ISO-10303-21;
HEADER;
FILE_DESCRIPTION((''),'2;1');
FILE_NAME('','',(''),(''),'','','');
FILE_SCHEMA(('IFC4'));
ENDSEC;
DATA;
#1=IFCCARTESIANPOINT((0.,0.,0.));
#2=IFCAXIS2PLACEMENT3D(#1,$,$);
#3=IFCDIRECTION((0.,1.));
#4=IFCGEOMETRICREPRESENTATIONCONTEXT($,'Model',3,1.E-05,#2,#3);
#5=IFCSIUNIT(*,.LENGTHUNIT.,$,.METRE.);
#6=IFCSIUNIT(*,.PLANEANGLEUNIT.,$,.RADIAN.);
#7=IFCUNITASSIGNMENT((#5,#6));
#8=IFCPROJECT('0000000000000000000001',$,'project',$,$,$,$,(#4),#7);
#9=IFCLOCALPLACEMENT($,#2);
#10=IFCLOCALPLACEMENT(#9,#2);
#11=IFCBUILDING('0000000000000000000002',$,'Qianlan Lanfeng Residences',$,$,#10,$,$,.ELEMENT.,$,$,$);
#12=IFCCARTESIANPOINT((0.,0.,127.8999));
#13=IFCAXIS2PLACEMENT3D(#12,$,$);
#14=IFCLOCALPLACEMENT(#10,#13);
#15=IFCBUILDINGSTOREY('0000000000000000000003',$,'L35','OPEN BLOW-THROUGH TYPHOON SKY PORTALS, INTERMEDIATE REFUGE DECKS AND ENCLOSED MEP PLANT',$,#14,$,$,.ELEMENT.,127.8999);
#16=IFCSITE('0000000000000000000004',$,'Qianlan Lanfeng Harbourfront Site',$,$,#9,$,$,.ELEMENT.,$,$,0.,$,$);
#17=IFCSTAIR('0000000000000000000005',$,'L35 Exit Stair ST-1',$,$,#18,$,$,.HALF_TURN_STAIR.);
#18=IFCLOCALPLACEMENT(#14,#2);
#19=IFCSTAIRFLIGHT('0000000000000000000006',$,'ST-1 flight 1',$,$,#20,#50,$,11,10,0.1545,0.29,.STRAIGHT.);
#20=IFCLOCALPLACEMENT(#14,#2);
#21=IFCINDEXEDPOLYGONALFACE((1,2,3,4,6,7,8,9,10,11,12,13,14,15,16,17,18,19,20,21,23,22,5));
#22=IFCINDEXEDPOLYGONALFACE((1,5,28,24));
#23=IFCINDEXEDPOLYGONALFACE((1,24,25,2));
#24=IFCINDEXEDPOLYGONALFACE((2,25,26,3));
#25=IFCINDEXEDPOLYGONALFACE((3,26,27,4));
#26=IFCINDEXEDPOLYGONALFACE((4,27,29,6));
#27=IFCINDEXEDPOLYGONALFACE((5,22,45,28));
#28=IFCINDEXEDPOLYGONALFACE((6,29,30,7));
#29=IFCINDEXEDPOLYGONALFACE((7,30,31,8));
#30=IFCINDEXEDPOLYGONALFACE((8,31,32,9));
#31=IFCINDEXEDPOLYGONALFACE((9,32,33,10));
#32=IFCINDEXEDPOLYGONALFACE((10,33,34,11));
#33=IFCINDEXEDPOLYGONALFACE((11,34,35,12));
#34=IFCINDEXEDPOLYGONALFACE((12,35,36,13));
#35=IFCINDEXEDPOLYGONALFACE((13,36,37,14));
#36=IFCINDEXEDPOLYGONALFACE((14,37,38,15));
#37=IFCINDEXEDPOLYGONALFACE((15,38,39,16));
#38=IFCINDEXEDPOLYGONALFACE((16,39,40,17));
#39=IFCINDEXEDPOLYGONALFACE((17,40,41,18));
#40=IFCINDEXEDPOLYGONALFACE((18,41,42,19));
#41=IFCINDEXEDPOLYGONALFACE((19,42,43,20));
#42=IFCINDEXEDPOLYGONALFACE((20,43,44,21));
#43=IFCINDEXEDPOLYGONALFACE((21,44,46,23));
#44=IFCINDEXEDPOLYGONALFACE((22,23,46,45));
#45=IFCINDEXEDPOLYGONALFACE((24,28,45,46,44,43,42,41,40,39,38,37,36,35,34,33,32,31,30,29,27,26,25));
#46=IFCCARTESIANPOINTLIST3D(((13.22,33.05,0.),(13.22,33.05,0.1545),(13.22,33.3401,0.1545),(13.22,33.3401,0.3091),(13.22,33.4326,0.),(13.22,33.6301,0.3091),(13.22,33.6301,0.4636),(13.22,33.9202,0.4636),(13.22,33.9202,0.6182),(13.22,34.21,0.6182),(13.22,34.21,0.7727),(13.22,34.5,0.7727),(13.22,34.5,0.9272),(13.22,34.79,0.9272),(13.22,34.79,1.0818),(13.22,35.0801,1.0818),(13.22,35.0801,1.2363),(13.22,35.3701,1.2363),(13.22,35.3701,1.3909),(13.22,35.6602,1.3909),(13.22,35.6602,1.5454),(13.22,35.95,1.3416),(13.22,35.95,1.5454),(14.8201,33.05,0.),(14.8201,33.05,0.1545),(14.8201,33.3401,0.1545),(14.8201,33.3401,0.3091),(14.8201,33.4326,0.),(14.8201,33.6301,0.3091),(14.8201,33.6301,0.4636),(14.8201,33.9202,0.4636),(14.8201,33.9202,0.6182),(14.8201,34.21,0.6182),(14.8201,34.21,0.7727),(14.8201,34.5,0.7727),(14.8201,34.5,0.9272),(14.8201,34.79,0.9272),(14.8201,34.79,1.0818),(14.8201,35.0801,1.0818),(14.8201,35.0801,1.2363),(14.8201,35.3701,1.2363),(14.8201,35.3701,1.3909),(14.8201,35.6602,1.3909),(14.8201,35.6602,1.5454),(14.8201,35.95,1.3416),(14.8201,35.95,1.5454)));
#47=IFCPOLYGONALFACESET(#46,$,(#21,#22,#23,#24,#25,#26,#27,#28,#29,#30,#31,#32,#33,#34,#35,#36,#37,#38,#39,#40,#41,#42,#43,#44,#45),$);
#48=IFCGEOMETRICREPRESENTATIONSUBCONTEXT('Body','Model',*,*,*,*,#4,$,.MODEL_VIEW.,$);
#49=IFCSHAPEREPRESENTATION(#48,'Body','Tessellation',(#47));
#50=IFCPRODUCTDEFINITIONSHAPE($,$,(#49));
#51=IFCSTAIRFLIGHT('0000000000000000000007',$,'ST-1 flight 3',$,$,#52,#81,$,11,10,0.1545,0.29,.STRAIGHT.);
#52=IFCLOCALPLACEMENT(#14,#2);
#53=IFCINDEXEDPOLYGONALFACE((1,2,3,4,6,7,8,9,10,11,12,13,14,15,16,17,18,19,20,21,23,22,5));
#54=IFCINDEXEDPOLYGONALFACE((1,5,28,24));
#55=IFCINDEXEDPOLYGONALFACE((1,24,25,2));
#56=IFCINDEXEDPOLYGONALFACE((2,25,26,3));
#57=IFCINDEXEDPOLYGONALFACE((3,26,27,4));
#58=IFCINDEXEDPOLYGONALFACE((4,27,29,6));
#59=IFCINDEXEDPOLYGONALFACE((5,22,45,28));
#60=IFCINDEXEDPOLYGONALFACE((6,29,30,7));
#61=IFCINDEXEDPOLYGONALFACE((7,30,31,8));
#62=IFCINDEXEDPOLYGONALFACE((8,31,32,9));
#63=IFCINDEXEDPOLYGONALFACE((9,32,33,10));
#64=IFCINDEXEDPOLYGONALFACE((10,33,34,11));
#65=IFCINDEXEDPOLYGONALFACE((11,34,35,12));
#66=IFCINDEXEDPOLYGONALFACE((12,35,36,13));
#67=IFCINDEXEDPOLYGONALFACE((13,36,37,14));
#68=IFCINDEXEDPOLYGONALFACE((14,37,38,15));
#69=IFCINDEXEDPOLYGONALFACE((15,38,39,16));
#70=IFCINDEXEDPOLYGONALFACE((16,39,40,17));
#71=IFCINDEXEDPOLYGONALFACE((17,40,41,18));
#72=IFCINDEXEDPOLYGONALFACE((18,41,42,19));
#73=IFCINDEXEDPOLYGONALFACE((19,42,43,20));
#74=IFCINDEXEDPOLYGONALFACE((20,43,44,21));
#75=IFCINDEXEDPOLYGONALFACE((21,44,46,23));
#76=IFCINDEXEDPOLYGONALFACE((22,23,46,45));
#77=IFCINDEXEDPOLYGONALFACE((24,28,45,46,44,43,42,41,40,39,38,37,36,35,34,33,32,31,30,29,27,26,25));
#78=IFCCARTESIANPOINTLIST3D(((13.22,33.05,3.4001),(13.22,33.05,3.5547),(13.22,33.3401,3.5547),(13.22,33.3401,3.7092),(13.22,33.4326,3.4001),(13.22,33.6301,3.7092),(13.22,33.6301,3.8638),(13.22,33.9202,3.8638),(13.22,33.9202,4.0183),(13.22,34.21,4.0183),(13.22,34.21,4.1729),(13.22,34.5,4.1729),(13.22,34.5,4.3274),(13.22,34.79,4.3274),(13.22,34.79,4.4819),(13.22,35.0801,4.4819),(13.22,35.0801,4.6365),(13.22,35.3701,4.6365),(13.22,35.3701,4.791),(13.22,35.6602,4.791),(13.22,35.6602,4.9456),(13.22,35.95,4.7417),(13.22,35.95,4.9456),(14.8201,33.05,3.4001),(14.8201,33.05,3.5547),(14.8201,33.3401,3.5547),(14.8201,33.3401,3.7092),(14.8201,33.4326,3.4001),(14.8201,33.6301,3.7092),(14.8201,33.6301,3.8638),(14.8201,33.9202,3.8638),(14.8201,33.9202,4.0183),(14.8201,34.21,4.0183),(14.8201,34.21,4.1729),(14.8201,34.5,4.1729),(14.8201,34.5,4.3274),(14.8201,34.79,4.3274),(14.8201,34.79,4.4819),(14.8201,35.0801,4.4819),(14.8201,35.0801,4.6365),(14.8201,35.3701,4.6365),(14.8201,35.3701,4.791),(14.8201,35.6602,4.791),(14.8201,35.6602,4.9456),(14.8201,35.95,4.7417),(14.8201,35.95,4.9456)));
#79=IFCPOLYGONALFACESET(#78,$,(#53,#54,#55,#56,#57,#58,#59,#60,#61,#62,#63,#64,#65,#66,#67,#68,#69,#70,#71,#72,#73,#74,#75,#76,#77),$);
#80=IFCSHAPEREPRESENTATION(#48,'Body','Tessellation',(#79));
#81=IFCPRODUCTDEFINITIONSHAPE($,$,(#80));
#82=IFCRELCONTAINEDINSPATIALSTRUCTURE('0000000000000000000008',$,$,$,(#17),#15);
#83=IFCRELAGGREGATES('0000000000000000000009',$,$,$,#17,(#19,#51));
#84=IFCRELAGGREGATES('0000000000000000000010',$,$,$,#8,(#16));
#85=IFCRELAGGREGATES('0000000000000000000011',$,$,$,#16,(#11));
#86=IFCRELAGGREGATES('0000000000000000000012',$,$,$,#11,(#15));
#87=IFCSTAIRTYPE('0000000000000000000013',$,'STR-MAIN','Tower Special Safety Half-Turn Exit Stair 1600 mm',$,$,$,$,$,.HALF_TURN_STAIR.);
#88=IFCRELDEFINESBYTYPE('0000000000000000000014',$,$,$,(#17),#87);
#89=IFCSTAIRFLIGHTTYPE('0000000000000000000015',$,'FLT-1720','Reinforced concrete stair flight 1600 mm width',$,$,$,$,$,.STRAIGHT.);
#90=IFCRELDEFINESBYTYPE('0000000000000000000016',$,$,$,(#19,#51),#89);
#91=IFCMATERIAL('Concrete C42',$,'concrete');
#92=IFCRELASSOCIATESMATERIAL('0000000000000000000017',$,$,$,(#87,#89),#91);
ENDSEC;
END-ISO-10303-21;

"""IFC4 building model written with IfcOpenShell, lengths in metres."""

from ifc_helpers import new_model, si_unit, direction, frame, origin, place, context, subcontext, project, spatial, polyline, outline, extrude, material, type_object, element, aggregate, save


model = new_model("IFC4")

# Units and contexts
model_context = context("Model", 3, precision=1e-05, world=origin(), true_north=direction((0.0, 1.0)))
body_context = subcontext(model_context, "Body", "Model", "MODEL_VIEW")
ifc_project = project(units=[si_unit("LENGTHUNIT", "METRE"), si_unit("PLANEANGLEUNIT", "RADIAN")], contexts=[model_context])

# Site, building, storey
site_placement = place(None, origin())
site = spatial("IfcSite", under=ifc_project, at=site_placement, Name="Qianlan Lanfeng Harbourfront Site", CompositionType="ELEMENT", RefElevation=0.0)
building_placement = place(site_placement, origin())
building = spatial("IfcBuilding", under=site, at=building_placement, Name="Qianlan Lanfeng Residences", CompositionType="ELEMENT")
storey_placement = place(building_placement, frame((0.0, 0.0, 127.8999)))
storey = spatial("IfcBuildingStorey", under=building, at=storey_placement, Name="L35", Description="OPEN BLOW-THROUGH TYPHOON SKY PORTALS, INTERMEDIATE REFUGE DECKS AND ENCLOSED MEP PLANT", CompositionType="ELEMENT", Elevation=127.8999)

# Stair, stair flights
ifc_material_1 = material(Name="Concrete C42", Category="concrete")
stair_type = type_object("IfcStairType", Name="STR-MAIN", Description="Tower Special Safety Half-Turn Exit Stair 1600 mm", PredefinedType="HALF_TURN_STAIR", material=ifc_material_1)
stair_placement = place(storey_placement, origin())
stair = element("IfcStair", 1, at=stair_placement, inside=storey, type_object=stair_type, Name="L35 Exit Stair ST-1", PredefinedType="HALF_TURN_STAIR")
stair_flight_type = type_object("IfcStairFlightType", Name="FLT-1720", Description="Reinforced concrete stair flight 1600 mm width", PredefinedType="STRAIGHT", material=ifc_material_1)
stair_flight_1_placement = place(storey_placement, frame((14.02, 33.05, 0.0), z_axis=(0.0, 0.0, 1.0), x_axis=(0.0, 1.0, 0.0)))
stair_flight_1 = element("IfcStairFlight", 2, at=stair_flight_1_placement, type_object=stair_flight_type, Name="ST-1 flight 1", NumberOfRisers=11, NumberOfTreads=10, PredefinedType="STRAIGHT", RiserHeight=0.1545, TreadLength=0.29, context=body_context, shape_type="SweptSolid", body=[
    extrude(outline(polyline([(0.0, 0.0), (0.0, 0.1545), (0.29, 0.1545), (0.29, 0.3091), (0.5801, 0.3091), (0.5801, 0.4636), (0.8701, 0.4636), (0.8701, 0.6182), (1.1599, 0.6182), (1.1599, 0.7727), (1.45, 0.7727), (1.45, 0.9272), (1.74, 0.9272), (1.74, 1.0818), (2.03, 1.0818), (2.03, 1.2363), (2.3201, 1.2363), (2.3201, 1.3909), (2.6101, 1.3909), (2.6101, 1.5454), (2.8999, 1.5454), (2.8999, 1.7), (2.8999, 1.3416), (0.3826, 0.0), (0.0, 0.0)])), frame((0.0, 0.8, 0.0), z_axis=(0.0, -1.0, 0.0), x_axis=(1.0, 0.0, 0.0)), (0.0, 0.0, 1.0), 1.6001),
])
stair_flight_2_placement = place(storey_placement, frame((14.02, 33.05, 3.4001), z_axis=(0.0, 0.0, 1.0), x_axis=(0.0, 1.0, 0.0)))
stair_flight_2 = element("IfcStairFlight", 3, at=stair_flight_2_placement, type_object=stair_flight_type, Name="ST-1 flight 3", NumberOfRisers=11, NumberOfTreads=10, PredefinedType="STRAIGHT", RiserHeight=0.1545, TreadLength=0.29, context=body_context, shape_type="SweptSolid", body=[
    extrude(outline(polyline([(0.0, 0.0), (0.0, 0.1545), (0.29, 0.1545), (0.29, 0.3091), (0.5801, 0.3091), (0.5801, 0.4636), (0.8701, 0.4636), (0.8701, 0.6182), (1.1599, 0.6182), (1.1599, 0.7727), (1.45, 0.7727), (1.45, 0.9272), (1.74, 0.9272), (1.74, 1.0818), (2.03, 1.0818), (2.03, 1.2363), (2.3201, 1.2363), (2.3201, 1.3909), (2.6101, 1.3909), (2.6101, 1.5454), (2.8999, 1.5454), (2.8999, 1.7), (2.8999, 1.3416), (0.3826, 0.0), (0.0, 0.0)])), frame((0.0, 0.8, 0.0), z_axis=(0.0, -1.0, 0.0), x_axis=(1.0, 0.0, 0.0)), (0.0, 0.0, 1.0), 1.6001),
])
aggregate(stair, [stair_flight_1, stair_flight_2])

save(model, "model.ifc")
